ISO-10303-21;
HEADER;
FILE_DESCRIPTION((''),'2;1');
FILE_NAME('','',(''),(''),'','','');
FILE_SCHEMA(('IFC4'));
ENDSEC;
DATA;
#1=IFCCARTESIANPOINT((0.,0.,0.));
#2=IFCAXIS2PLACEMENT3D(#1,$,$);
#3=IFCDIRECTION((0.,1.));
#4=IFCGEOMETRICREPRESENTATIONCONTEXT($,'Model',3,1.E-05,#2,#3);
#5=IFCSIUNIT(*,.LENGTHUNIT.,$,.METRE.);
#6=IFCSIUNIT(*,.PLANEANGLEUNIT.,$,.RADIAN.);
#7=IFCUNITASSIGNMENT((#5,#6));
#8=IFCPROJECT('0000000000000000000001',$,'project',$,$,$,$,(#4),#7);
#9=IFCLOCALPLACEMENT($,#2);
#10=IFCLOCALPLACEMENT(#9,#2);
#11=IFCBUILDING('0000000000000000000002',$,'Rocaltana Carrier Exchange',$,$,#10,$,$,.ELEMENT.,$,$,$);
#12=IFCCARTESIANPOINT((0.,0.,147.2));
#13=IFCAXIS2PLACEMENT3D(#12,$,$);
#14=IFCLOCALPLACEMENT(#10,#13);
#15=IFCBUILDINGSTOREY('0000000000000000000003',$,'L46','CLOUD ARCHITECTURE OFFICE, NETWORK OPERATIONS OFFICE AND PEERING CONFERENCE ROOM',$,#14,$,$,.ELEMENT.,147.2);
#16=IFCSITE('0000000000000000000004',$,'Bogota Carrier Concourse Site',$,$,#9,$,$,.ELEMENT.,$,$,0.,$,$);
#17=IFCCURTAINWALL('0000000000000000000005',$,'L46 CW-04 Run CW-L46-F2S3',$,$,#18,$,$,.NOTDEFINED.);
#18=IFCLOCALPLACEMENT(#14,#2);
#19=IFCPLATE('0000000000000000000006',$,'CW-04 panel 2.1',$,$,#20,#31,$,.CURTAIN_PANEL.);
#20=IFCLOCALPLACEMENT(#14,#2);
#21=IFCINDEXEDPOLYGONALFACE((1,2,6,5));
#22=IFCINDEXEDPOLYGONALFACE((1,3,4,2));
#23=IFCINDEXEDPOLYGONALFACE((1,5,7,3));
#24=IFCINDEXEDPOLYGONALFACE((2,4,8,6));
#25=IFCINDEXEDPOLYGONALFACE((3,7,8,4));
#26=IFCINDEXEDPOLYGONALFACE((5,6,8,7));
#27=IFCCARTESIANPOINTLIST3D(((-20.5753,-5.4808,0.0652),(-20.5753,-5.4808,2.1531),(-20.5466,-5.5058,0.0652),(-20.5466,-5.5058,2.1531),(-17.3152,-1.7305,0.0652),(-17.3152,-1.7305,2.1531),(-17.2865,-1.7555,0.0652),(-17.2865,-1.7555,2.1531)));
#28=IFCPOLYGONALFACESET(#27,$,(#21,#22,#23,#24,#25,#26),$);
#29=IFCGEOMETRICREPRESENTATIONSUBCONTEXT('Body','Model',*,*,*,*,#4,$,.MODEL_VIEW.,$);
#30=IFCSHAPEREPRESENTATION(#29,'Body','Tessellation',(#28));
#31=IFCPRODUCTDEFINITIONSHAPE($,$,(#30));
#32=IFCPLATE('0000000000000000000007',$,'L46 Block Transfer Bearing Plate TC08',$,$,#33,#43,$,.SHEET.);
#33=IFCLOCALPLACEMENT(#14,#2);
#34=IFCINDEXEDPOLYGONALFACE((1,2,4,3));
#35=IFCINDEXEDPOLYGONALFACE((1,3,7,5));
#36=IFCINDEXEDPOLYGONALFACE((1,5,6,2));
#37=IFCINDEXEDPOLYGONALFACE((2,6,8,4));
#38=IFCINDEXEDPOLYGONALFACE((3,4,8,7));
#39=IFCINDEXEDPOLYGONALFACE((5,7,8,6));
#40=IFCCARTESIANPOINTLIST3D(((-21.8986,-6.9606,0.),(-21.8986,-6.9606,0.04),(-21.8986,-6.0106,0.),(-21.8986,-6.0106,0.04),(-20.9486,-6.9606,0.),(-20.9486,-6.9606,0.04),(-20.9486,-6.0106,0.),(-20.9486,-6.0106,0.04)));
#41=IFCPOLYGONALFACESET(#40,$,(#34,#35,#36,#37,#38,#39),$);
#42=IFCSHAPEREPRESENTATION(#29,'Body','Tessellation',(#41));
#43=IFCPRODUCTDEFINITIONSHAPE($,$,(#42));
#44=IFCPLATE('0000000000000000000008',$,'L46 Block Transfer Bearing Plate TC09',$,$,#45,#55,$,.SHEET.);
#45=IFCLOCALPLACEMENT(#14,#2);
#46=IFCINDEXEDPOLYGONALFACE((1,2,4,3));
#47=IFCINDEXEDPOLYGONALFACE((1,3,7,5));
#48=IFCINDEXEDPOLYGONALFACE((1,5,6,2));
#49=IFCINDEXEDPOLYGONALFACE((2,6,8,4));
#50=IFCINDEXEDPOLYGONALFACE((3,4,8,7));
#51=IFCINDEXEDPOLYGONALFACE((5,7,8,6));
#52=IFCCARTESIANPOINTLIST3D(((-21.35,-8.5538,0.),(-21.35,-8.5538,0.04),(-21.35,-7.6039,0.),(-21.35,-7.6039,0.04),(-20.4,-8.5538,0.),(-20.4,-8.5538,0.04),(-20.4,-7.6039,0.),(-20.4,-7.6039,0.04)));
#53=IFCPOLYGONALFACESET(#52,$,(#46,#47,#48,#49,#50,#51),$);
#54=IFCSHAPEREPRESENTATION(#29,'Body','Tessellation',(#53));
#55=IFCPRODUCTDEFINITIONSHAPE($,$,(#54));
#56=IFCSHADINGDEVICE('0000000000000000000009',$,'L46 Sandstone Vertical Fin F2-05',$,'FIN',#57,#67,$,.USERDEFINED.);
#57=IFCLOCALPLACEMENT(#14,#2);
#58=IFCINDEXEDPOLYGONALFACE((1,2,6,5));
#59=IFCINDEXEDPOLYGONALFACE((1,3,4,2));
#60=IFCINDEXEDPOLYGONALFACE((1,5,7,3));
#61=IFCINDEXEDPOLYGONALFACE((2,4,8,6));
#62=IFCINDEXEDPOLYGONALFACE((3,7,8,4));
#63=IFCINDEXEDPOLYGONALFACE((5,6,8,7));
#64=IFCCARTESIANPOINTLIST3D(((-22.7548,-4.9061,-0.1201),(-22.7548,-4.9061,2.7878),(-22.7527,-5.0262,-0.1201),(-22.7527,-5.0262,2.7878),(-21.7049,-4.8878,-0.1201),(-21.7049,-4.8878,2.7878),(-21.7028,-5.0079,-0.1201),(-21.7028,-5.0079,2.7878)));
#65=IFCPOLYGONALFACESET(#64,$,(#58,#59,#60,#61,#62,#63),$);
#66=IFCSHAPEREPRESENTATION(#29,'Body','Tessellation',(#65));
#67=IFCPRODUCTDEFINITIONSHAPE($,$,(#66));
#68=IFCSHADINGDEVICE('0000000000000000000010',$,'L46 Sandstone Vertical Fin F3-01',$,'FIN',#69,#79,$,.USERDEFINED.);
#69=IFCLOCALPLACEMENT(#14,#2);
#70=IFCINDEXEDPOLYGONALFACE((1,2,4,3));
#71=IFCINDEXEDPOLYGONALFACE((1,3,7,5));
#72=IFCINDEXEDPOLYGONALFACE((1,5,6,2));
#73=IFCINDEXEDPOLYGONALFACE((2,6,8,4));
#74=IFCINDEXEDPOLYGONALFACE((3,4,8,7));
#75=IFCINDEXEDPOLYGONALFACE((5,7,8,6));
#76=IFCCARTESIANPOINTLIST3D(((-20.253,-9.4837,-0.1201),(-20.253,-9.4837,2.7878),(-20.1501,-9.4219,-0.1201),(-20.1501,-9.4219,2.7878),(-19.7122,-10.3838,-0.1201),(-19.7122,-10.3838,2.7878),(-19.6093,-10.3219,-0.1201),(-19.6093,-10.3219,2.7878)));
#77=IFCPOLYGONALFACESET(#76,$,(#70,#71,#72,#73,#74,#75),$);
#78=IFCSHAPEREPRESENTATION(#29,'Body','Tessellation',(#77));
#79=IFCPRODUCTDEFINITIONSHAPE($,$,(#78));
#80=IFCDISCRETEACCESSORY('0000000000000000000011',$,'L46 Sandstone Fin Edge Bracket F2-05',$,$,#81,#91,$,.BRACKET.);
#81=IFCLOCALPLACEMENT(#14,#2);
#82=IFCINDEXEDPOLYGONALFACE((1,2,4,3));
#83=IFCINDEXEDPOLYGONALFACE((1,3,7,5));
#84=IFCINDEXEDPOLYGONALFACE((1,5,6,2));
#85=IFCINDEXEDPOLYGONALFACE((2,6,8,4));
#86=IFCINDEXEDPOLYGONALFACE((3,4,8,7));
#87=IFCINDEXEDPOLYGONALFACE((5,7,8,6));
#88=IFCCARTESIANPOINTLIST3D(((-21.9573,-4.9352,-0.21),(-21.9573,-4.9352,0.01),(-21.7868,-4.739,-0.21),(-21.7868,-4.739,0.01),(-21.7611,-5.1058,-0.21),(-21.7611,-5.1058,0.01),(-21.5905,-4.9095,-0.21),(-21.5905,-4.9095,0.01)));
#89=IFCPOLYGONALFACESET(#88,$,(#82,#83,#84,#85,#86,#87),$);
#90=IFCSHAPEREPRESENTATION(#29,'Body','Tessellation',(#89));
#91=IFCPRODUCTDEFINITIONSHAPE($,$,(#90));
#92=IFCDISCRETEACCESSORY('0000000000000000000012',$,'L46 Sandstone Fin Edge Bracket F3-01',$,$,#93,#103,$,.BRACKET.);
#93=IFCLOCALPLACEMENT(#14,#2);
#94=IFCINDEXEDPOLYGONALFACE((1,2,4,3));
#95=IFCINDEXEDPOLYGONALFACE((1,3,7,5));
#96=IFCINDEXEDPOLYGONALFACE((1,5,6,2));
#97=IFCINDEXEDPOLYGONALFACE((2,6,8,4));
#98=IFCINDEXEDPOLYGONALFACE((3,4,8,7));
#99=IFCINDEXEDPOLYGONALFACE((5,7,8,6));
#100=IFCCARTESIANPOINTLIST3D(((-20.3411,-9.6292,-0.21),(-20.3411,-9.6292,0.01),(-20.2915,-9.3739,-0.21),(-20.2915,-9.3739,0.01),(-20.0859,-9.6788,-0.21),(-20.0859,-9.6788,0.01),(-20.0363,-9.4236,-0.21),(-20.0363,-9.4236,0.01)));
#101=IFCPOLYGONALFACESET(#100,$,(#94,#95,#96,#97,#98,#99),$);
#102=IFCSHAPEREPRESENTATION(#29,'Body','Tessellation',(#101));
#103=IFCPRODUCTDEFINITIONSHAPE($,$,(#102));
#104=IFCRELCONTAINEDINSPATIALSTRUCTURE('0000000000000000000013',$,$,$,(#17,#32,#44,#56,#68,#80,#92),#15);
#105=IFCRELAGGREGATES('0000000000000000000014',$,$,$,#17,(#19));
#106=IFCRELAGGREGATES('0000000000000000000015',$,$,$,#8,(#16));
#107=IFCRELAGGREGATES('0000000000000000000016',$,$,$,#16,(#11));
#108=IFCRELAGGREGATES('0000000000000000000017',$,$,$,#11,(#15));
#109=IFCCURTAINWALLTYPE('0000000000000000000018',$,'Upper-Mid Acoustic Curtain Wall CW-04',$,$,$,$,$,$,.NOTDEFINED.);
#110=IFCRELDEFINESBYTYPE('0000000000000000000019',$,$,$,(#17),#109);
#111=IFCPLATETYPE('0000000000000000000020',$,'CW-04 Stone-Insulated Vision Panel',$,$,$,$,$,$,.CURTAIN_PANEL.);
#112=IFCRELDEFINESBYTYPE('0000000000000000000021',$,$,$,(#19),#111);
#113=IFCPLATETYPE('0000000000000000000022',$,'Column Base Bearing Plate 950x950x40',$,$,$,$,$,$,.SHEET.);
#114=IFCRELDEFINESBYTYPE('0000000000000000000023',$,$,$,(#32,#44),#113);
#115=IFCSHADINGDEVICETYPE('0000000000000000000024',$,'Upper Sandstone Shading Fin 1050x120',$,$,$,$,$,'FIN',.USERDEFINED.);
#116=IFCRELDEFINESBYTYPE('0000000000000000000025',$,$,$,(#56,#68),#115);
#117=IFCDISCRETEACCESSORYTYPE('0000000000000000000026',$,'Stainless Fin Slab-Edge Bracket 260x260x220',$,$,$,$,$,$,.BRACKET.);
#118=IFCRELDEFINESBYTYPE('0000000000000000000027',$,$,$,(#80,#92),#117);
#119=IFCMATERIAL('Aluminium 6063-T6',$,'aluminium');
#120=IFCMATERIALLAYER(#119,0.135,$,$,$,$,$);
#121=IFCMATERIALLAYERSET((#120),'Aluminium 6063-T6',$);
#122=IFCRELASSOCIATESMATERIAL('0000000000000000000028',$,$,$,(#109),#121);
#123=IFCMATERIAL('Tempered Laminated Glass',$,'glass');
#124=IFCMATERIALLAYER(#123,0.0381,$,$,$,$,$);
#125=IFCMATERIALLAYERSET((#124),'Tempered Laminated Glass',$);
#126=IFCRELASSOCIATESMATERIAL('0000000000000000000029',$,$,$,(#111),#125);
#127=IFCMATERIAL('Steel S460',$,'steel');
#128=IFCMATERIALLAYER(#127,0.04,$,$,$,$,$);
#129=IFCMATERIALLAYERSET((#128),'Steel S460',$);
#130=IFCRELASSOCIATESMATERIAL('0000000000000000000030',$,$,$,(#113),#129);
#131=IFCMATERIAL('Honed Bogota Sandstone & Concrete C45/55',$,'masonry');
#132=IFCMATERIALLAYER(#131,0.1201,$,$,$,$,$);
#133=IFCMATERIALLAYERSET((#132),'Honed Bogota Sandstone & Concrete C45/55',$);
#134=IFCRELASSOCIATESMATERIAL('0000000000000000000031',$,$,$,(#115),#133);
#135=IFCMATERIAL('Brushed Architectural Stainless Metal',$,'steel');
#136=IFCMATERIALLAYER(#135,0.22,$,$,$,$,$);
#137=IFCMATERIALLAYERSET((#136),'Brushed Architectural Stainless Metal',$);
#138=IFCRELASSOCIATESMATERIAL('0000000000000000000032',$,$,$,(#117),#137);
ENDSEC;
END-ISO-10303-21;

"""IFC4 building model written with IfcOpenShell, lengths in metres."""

from ifc_helpers import new_model, si_unit, direction, frame, origin, origin_2d, place, context, subcontext, project, spatial, rectangle, extrude, material, layer, layer_set, type_object, element, aggregate, save


model = new_model("IFC4")

# Units and contexts
model_context = context("Model", 3, precision=1e-05, world=origin(), true_north=direction((0.0, 1.0)))
body_context = subcontext(model_context, "Body", "Model", "MODEL_VIEW")
ifc_project = project(units=[si_unit("LENGTHUNIT", "METRE"), si_unit("PLANEANGLEUNIT", "RADIAN")], contexts=[model_context])

# Site, building, storey
site_placement = place(None, origin())
site = spatial("IfcSite", under=ifc_project, at=site_placement, Name="Bogota Carrier Concourse Site", CompositionType="ELEMENT", RefElevation=0.0)
building_placement = place(site_placement, origin())
building = spatial("IfcBuilding", under=site, at=building_placement, Name="Rocaltana Carrier Exchange", CompositionType="ELEMENT")
storey_placement = place(building_placement, frame((0.0, 0.0, 147.2)))
storey = spatial("IfcBuildingStorey", under=building, at=storey_placement, Name="L46", Description="CLOUD ARCHITECTURE OFFICE, NETWORK OPERATIONS OFFICE AND PEERING CONFERENCE ROOM", CompositionType="ELEMENT", Elevation=147.2)

# Curtain wall
ifc_material_1 = material(Name="Aluminium 6063-T6", Category="aluminium")
ifc_layer_1 = layer(ifc_material_1, 0.135)
ifc_layer_set_1 = layer_set([ifc_layer_1], Name="Aluminium 6063-T6")
curtain_wall_type = type_object("IfcCurtainWallType", Name="Upper-Mid Acoustic Curtain Wall CW-04", PredefinedType="NOTDEFINED", material=ifc_layer_set_1)
curtain_wall_1_placement = place(storey_placement, origin())
curtain_wall_1 = element("IfcCurtainWall", 1, at=curtain_wall_1_placement, inside=storey, type_object=curtain_wall_type, Name="L46 CW-04 Run CW-L46-F2S3", PredefinedType="NOTDEFINED")

# Plate
ifc_material_2 = material(Name="Tempered Laminated Glass", Category="glass")
ifc_layer_2 = layer(ifc_material_2, 0.0381)
ifc_layer_set_2 = layer_set([ifc_layer_2], Name="Tempered Laminated Glass")
plate_type_1 = type_object("IfcPlateType", Name="CW-04 Stone-Insulated Vision Panel", PredefinedType="CURTAIN_PANEL", material=ifc_layer_set_2)
plate_placement = place(storey_placement, frame((-18.9309, -3.6182, 0.0652), z_axis=(0.0, 0.0, 1.0), x_axis=(-0.656057, -0.754712, 0.0)))
plate = element("IfcPlate", 2, at=plate_placement, type_object=plate_type_1, Name="CW-04 panel 2.1", PredefinedType="CURTAIN_PANEL", context=body_context, shape_type="SweptSolid", body=[
    extrude(rectangle(XDim=4.9692, YDim=0.0381, at=origin_2d()), origin(), (0.0, 0.0, 1.0), 2.0879),
])
aggregate(curtain_wall_1, [plate])

# Plates
ifc_material_3 = material(Name="Steel S460", Category="steel")
ifc_layer_3 = layer(ifc_material_3, 0.04)
ifc_layer_set_3 = layer_set([ifc_layer_3], Name="Steel S460")
plate_type_2 = type_object("IfcPlateType", Name="Column Base Bearing Plate 950x950x40", PredefinedType="SHEET", material=ifc_layer_set_3)
for number, where, z_axis, x_axis, name in (
    (3, (-21.4236, -6.4856, 0.0), (0.0, 0.0, 1.0), (1.0, 0.0, 0.0), "L46 Block Transfer Bearing Plate TC08"),
    (4, (-20.875, -8.0789, 0.0), (0.0, 0.0, 1.0), (1.0, 0.0, 0.0), "L46 Block Transfer Bearing Plate TC09"),
):
    element("IfcPlate", number, at=place(storey_placement, frame(where, z_axis=z_axis, x_axis=x_axis)), inside=storey, type_object=plate_type_2, Name=name, PredefinedType="SHEET", context=body_context, shape_type="SweptSolid", body=[
        extrude(rectangle(XDim=0.95, YDim=0.95, at=origin_2d()), origin(), (0.0, 0.0, 1.0), 0.04),
    ])

# Shading devices
ifc_material_4 = material(Name="Honed Bogota Sandstone & Concrete C45/55", Category="masonry")
ifc_layer_4 = layer(ifc_material_4, 0.1201)
ifc_layer_set_4 = layer_set([ifc_layer_4], Name="Honed Bogota Sandstone & Concrete C45/55")
shading_device_type = type_object("IfcShadingDeviceType", Name="Upper Sandstone Shading Fin 1050x120", ElementType="FIN", PredefinedType="USERDEFINED", material=ifc_layer_set_4)
for number, where, z_axis, x_axis, name in (
    (5, (-22.2288, -4.957, -0.1201), (0.0, 0.0, 1.0), (-0.999848, -0.017452, 0.0), "L46 Sandstone Vertical Fin F2-05"),
    (6, (-19.9312, -9.9028, -0.1201), (0.0, 0.0, 1.0), (0.515038, -0.857167, 0.0), "L46 Sandstone Vertical Fin F3-01"),
):
    element("IfcShadingDevice", number, at=place(storey_placement, frame(where, z_axis=z_axis, x_axis=x_axis)), inside=storey, type_object=shading_device_type, Name=name, ObjectType="FIN", PredefinedType="USERDEFINED", context=body_context, shape_type="SweptSolid", body=[
        extrude(rectangle(XDim=1.05, YDim=0.1201, at=origin_2d()), origin(), (0.0, 0.0, 1.0), 2.908),
    ])

# Discrete accessories
ifc_material_5 = material(Name="Brushed Architectural Stainless Metal", Category="steel")
ifc_layer_5 = layer(ifc_material_5, 0.22)
ifc_layer_set_5 = layer_set([ifc_layer_5], Name="Brushed Architectural Stainless Metal")
discrete_accessory_type = type_object("IfcDiscreteAccessoryType", Name="Stainless Fin Slab-Edge Bracket 260x260x220", PredefinedType="BRACKET", material=ifc_layer_set_5)
for number, where, z_axis, x_axis, name in (
    (7, (-21.7739, -4.9224, -0.21), (0.0, 0.0, 1.0), (-0.656059, -0.75471, 0.0), "L46 Sandstone Fin Edge Bracket F2-05"),
    (8, (-20.1887, -9.5264, -0.21), (0.0, 0.0, 1.0), (0.981627, -0.190809, 0.0), "L46 Sandstone Fin Edge Bracket F3-01"),
):
    element("IfcDiscreteAccessory", number, at=place(storey_placement, frame(where, z_axis=z_axis, x_axis=x_axis)), inside=storey, type_object=discrete_accessory_type, Name=name, PredefinedType="BRACKET", context=body_context, shape_type="SweptSolid", body=[
        extrude(rectangle(XDim=0.26, YDim=0.26, at=origin_2d()), origin(), (0.0, 0.0, 1.0), 0.22),
    ])

save(model, "model.ifc")
